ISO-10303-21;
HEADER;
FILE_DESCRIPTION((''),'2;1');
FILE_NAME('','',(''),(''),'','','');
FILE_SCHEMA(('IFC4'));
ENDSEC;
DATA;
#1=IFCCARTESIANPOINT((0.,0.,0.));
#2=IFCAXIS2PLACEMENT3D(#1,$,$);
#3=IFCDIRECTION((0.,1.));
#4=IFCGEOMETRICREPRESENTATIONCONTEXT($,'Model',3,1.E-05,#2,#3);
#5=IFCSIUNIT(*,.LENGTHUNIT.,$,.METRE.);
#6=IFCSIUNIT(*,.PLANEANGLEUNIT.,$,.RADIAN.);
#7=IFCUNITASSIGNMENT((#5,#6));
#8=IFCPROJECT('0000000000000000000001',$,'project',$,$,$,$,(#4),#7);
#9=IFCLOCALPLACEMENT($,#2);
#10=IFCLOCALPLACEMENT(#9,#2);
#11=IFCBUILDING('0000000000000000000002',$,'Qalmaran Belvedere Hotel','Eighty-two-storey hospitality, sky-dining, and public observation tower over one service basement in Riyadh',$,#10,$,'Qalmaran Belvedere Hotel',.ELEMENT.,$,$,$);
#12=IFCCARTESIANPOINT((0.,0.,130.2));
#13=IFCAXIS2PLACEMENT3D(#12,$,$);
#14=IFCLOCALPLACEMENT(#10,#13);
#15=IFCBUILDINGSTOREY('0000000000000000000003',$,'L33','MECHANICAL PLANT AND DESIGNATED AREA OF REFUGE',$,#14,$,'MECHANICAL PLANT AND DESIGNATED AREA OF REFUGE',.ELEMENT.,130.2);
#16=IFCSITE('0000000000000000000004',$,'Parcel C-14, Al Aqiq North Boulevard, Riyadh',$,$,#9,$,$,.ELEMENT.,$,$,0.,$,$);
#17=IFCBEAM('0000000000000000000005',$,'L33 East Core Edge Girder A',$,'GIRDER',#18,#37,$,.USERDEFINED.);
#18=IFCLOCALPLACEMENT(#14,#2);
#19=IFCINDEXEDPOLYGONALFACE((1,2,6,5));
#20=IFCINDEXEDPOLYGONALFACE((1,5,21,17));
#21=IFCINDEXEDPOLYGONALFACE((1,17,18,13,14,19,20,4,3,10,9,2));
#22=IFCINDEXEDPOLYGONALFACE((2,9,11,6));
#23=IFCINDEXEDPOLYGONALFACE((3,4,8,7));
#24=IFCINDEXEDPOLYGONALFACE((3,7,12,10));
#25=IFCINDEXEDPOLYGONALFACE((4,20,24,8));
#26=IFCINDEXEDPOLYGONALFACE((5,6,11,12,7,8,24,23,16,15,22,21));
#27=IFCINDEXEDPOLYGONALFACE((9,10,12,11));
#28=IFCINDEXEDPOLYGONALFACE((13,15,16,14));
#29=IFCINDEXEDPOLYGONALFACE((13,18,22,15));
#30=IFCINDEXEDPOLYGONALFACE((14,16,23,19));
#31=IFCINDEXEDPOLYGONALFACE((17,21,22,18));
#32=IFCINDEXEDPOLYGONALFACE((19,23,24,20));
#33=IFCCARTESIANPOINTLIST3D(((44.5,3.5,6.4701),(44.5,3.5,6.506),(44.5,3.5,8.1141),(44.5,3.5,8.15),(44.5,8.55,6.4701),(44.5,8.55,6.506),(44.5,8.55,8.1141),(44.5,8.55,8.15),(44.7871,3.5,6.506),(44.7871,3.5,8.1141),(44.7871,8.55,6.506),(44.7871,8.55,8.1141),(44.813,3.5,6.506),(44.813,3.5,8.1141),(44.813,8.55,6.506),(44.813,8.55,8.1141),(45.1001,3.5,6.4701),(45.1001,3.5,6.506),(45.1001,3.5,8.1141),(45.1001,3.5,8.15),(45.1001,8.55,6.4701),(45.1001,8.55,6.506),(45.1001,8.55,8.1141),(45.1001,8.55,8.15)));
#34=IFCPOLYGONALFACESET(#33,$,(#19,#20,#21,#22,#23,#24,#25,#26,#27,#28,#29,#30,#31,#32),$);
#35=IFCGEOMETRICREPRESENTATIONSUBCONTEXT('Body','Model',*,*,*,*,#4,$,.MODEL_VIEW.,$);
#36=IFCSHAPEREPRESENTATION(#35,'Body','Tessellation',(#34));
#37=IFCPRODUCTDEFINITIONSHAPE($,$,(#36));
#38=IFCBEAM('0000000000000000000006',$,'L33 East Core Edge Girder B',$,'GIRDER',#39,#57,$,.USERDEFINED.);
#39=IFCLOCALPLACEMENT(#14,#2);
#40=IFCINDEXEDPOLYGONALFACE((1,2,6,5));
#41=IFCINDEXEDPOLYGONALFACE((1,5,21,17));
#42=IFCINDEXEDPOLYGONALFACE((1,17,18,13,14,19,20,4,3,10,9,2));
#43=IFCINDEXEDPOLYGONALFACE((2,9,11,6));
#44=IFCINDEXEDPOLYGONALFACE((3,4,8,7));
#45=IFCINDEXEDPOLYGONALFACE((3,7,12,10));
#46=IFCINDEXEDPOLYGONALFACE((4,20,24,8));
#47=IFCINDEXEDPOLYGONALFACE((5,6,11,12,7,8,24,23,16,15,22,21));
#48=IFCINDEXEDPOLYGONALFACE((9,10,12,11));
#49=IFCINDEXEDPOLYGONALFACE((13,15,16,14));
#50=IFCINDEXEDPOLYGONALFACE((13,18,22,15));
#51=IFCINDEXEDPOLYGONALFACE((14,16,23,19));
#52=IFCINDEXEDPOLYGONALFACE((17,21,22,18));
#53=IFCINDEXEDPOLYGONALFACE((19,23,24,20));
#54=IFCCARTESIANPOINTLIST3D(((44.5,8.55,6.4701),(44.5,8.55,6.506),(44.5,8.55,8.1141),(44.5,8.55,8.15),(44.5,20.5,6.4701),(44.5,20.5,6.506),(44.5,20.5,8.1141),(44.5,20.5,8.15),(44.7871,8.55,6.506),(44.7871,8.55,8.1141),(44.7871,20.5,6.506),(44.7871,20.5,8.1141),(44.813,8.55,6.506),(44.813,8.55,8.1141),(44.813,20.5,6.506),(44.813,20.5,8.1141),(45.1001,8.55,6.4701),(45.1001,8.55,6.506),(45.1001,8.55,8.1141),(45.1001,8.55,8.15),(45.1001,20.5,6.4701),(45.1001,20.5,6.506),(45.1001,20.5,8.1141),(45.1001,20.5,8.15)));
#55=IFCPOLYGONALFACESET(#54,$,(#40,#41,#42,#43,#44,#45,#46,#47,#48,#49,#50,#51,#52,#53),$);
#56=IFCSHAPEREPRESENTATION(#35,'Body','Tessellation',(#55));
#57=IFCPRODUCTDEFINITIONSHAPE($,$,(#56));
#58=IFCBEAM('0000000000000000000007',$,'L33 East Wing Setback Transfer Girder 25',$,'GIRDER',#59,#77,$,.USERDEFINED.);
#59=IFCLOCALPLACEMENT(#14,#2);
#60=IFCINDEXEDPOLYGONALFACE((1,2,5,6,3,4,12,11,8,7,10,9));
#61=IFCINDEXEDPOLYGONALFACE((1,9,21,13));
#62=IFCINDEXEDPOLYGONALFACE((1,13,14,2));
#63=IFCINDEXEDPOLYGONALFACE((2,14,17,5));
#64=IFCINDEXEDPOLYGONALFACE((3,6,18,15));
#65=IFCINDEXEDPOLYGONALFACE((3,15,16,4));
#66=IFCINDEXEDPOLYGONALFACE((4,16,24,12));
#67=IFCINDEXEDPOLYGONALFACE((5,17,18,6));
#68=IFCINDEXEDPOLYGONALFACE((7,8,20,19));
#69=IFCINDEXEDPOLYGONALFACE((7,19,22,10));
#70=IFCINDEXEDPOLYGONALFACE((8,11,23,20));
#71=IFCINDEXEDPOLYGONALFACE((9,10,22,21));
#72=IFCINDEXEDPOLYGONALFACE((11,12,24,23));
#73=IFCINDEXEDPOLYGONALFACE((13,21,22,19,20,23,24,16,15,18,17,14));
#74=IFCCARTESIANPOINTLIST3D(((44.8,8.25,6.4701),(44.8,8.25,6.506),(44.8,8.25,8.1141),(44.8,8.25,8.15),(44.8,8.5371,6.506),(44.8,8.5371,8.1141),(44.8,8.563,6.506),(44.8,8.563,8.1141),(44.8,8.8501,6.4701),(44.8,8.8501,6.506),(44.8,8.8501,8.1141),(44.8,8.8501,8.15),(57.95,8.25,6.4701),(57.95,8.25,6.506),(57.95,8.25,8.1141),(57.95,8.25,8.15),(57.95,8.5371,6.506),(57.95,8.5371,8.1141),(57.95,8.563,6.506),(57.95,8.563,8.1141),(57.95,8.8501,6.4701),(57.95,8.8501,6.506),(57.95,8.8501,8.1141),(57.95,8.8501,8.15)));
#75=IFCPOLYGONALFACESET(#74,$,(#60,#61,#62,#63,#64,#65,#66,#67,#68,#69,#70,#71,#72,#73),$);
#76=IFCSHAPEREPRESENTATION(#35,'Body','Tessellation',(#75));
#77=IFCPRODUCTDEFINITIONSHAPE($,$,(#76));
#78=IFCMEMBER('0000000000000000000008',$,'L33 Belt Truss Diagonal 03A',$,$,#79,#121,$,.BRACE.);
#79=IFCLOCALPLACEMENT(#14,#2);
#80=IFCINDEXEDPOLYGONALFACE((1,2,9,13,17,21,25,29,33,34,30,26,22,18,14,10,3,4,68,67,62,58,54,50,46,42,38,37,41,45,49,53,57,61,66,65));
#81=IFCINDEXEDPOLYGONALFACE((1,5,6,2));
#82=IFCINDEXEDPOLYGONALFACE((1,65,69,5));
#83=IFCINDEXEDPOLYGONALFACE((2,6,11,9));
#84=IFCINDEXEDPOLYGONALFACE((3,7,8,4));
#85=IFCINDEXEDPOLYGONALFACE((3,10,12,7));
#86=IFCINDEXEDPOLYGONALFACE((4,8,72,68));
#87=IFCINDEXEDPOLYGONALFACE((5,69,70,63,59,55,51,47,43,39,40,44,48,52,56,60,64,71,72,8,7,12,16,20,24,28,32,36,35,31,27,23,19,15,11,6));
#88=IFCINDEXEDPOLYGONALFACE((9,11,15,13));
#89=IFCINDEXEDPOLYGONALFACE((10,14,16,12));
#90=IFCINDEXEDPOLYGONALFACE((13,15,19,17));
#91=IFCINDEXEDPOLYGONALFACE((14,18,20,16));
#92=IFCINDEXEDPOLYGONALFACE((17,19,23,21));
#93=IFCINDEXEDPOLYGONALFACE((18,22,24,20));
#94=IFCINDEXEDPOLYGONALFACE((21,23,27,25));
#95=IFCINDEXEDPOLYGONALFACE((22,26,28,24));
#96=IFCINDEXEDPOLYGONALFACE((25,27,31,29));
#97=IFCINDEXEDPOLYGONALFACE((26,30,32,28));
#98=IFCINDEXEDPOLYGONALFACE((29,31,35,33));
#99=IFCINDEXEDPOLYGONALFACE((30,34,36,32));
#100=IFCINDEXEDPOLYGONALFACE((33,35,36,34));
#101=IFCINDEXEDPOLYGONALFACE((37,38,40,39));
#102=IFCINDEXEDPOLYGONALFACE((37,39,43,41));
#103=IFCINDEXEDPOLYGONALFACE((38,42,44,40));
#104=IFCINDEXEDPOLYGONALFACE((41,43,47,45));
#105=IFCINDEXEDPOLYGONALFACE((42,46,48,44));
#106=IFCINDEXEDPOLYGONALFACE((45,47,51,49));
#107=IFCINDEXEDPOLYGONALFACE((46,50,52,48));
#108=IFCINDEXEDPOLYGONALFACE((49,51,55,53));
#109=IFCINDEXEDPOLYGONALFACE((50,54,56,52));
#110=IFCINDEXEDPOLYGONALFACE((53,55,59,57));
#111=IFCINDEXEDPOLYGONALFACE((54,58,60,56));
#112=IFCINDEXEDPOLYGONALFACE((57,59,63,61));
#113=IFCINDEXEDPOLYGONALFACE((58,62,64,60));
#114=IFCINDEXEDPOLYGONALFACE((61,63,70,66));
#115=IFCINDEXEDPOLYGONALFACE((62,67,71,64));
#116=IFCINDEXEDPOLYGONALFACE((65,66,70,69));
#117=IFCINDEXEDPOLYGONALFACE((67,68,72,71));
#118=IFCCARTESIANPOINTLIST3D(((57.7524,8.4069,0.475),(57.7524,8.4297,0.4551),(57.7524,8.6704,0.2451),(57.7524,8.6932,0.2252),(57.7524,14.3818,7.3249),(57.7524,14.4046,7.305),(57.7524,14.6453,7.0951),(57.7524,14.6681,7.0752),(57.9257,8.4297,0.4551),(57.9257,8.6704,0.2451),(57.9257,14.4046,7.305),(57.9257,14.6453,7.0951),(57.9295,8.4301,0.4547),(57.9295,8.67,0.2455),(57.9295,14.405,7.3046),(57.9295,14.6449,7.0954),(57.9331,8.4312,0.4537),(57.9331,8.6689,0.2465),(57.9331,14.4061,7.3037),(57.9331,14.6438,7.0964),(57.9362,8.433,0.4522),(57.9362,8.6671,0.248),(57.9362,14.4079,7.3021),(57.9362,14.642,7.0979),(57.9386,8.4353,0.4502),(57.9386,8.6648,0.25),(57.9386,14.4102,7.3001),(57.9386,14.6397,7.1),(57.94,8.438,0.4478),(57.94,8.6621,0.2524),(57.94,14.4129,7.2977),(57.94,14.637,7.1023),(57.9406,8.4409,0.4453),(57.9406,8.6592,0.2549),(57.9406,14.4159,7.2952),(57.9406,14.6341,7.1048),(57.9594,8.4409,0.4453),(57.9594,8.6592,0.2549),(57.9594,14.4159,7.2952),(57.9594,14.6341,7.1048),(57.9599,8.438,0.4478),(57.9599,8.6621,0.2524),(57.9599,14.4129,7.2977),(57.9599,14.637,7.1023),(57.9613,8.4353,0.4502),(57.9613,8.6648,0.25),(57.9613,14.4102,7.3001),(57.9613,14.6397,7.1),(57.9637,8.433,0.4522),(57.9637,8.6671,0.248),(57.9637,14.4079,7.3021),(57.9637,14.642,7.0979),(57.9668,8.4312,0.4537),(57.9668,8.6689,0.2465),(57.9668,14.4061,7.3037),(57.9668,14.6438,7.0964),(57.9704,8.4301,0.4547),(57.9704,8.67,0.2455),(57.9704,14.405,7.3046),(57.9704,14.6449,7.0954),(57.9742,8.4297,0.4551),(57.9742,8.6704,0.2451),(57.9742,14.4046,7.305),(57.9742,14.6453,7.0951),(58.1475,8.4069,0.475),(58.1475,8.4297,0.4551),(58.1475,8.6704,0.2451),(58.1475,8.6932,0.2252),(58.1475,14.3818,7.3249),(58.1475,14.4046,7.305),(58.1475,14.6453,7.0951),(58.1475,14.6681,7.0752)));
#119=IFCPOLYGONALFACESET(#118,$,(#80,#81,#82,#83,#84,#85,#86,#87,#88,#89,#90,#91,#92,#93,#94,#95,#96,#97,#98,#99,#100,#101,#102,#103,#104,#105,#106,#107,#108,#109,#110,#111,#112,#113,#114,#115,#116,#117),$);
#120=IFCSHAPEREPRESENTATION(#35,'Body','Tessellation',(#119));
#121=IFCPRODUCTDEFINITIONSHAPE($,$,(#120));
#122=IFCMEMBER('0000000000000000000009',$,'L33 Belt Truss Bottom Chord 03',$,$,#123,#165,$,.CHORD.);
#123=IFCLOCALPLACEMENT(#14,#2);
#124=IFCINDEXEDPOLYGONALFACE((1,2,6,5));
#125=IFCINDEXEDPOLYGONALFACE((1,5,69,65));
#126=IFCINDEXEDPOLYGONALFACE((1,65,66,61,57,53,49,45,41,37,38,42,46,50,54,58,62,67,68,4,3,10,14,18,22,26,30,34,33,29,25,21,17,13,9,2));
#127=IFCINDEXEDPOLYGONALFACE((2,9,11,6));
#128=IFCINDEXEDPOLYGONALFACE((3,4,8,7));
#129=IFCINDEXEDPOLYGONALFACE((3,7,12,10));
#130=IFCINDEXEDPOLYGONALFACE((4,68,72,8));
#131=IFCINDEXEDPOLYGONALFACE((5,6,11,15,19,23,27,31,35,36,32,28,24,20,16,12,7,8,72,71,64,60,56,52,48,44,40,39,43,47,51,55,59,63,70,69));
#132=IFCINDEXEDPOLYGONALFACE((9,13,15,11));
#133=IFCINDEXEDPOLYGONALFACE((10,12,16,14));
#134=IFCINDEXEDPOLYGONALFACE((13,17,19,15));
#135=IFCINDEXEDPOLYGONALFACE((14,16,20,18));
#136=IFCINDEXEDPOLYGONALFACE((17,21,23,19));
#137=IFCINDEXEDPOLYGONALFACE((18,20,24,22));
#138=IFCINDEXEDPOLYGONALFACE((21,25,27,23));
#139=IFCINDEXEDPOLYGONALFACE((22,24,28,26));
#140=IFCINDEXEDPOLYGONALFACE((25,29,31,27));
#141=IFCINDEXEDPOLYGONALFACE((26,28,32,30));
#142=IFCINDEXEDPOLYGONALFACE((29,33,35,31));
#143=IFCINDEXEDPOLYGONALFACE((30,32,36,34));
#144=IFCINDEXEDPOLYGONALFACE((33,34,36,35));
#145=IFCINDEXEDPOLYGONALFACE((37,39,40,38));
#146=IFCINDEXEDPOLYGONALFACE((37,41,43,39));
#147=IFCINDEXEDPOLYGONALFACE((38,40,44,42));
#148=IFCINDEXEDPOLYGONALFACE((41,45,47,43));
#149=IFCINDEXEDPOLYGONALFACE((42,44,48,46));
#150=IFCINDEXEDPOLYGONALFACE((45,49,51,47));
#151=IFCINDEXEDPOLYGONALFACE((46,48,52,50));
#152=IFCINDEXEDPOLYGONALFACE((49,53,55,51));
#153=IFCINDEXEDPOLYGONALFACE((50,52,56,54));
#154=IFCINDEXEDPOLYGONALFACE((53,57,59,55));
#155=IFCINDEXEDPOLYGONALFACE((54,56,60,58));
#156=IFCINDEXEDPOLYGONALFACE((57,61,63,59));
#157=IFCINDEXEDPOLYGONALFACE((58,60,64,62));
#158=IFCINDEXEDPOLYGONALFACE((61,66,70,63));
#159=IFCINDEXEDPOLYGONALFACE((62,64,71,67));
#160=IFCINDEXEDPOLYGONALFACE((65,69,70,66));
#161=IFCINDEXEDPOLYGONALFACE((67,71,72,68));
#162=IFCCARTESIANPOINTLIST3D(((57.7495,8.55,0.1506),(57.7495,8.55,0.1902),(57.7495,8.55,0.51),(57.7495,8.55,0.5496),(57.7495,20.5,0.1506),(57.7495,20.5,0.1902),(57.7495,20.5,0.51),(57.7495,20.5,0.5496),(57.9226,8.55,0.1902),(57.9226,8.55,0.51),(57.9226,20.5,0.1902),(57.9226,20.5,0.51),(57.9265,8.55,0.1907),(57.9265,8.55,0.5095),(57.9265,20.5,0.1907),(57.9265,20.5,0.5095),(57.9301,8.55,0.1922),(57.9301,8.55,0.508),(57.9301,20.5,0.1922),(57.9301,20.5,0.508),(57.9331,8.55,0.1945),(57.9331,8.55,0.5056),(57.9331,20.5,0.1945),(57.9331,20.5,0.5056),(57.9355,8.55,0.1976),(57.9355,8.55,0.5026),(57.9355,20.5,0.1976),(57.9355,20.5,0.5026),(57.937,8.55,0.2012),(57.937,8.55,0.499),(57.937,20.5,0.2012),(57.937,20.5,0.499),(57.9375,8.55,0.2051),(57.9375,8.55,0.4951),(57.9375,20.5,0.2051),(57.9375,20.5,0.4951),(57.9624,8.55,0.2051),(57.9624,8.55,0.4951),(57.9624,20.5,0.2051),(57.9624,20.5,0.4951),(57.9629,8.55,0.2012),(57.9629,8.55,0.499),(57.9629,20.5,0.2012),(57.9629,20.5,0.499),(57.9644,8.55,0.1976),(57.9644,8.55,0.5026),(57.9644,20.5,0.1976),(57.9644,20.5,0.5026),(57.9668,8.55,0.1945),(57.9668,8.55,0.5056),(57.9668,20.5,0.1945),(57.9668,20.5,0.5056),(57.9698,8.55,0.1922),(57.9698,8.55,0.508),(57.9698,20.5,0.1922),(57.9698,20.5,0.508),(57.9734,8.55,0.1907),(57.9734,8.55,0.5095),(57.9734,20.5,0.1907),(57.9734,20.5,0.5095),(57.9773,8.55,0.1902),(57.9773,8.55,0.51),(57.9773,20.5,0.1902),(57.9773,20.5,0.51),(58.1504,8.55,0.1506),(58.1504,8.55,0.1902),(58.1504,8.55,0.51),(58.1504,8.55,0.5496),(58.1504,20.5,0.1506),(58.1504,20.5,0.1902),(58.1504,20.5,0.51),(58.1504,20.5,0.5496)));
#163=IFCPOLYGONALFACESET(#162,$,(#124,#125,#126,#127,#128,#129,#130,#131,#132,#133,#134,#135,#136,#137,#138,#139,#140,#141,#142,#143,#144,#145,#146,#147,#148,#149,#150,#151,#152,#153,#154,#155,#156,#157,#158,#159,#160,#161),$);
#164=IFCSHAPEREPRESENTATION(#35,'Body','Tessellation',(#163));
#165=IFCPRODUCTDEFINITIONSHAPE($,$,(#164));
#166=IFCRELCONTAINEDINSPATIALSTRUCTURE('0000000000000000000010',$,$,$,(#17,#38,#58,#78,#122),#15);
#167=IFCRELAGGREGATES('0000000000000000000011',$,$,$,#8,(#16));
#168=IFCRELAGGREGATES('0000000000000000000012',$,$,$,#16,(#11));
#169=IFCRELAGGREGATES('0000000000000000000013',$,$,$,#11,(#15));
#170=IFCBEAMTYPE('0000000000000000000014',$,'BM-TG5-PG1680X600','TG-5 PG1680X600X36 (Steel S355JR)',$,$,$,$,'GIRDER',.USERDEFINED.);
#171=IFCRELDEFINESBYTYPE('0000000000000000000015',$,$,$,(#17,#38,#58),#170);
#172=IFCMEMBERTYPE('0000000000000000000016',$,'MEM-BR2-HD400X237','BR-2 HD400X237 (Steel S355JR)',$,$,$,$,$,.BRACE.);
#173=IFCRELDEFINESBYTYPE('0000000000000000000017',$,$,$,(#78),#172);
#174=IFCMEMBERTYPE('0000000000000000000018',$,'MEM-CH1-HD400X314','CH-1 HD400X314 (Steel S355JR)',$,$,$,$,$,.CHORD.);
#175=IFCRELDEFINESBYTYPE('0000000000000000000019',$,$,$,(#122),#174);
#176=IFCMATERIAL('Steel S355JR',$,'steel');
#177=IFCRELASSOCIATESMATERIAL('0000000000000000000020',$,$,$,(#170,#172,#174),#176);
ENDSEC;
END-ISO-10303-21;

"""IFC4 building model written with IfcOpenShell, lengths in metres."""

from ifc_helpers import new_model, si_unit, direction, frame, origin, origin_2d, place, context, subcontext, project, spatial, i_section, extrude, material, material_profile, profile_set, type_object, element, save


model = new_model("IFC4")

# Units and contexts
model_context = context("Model", 3, precision=1e-05, world=origin(), true_north=direction((0.0, 1.0)))
body_context = subcontext(model_context, "Body", "Model", "MODEL_VIEW")
ifc_project = project(units=[si_unit("LENGTHUNIT", "METRE"), si_unit("PLANEANGLEUNIT", "RADIAN")], contexts=[model_context])

# Site, building, storey
site_placement = place(None, origin())
site = spatial("IfcSite", under=ifc_project, at=site_placement, Name="Parcel C-14, Al Aqiq North Boulevard, Riyadh", CompositionType="ELEMENT", RefElevation=0.0)
building_placement = place(site_placement, origin())
building = spatial("IfcBuilding", under=site, at=building_placement, Name="Qalmaran Belvedere Hotel", Description="Eighty-two-storey hospitality, sky-dining, and public observation tower over one service basement in Riyadh", LongName="Qalmaran Belvedere Hotel", CompositionType="ELEMENT")
storey_placement = place(building_placement, frame((0.0, 0.0, 130.2)))
storey = spatial("IfcBuildingStorey", under=building, at=storey_placement, Name="L33", Description="MECHANICAL PLANT AND DESIGNATED AREA OF REFUGE", LongName="MECHANICAL PLANT AND DESIGNATED AREA OF REFUGE", CompositionType="ELEMENT", Elevation=130.2)

# Beams
ifc_material_1 = material(Name="Steel S355JR", Category="steel")
ifc_material_profile_1 = material_profile(ifc_material_1, i_section(OverallWidth=0.6001, OverallDepth=1.6799, WebThickness=0.0259, FlangeThickness=0.0359, at=origin_2d()), Name="PG1680X600X36")
ifc_profile_set_1 = profile_set([ifc_material_profile_1], Name="Steel S355JR")
beam_type_1 = type_object("IfcBeamType", Name="BM-TG5-PG1680X600", Description="TG-5 PG1680X600X36 (Steel S355JR)", ElementType="GIRDER", PredefinedType="USERDEFINED", material=ifc_profile_set_1)
beam_1_placement = place(storey_placement, frame((44.8, 3.5, 7.3101), z_axis=(0.0, 1.0, 0.0), x_axis=(-1.0, 0.0, 0.0)))
element("IfcBeam", 1, at=beam_1_placement, inside=storey, type_object=beam_type_1, Name="L33 East Core Edge Girder A", ObjectType="GIRDER", PredefinedType="USERDEFINED", context=body_context, shape_type="SweptSolid", body=[
    extrude(i_section(OverallWidth=0.6001, OverallDepth=1.6799, WebThickness=0.0259, FlangeThickness=0.0359, at=origin_2d()), origin(), (0.0, 0.0, 1.0), 5.05),
])
beam_2_placement = place(storey_placement, frame((44.8, 8.55, 7.3101), z_axis=(0.0, 1.0, 0.0), x_axis=(-1.0, 0.0, 0.0)))
element("IfcBeam", 2, at=beam_2_placement, inside=storey, type_object=beam_type_1, Name="L33 East Core Edge Girder B", ObjectType="GIRDER", PredefinedType="USERDEFINED", context=body_context, shape_type="SweptSolid", body=[
    extrude(i_section(OverallWidth=0.6001, OverallDepth=1.6799, WebThickness=0.0259, FlangeThickness=0.0359, at=origin_2d()), origin(), (0.0, 0.0, 1.0), 11.95),
])
beam_3_placement = place(storey_placement, frame((44.8, 8.55, 7.3101), z_axis=(1.0, 0.0, 0.0), x_axis=(0.0, 1.0, 0.0)))
element("IfcBeam", 3, at=beam_3_placement, inside=storey, type_object=beam_type_1, Name="L33 East Wing Setback Transfer Girder 25", ObjectType="GIRDER", PredefinedType="USERDEFINED", context=body_context, shape_type="SweptSolid", body=[
    extrude(i_section(OverallWidth=0.6001, OverallDepth=1.6799, WebThickness=0.0259, FlangeThickness=0.0359, at=origin_2d()), origin(), (0.0, 0.0, 1.0), 13.1499),
])

# Members
ifc_material_profile_2 = material_profile(ifc_material_1, i_section(OverallWidth=0.395, OverallDepth=0.3799, WebThickness=0.0188, FlangeThickness=0.0303, FilletRadius=0.0149, at=origin_2d()), Name="HD400X237")
ifc_profile_set_2 = profile_set([ifc_material_profile_2], Name="Steel S355JR")
member_type_1 = type_object("IfcMemberType", Name="MEM-BR2-HD400X237", Description="BR-2 HD400X237 (Steel S355JR)", PredefinedType="BRACE", material=ifc_profile_set_2)
member_1_placement = place(storey_placement, frame((57.95, 8.55, 0.3501), z_axis=(0.0, 0.657334, 0.753599), x_axis=(-1.0, 0.0, 0.0)))
element("IfcMember", 4, at=member_1_placement, inside=storey, type_object=member_type_1, Name="L33 Belt Truss Diagonal 03A", PredefinedType="BRACE", context=body_context, shape_type="SweptSolid", body=[
    extrude(i_section(OverallWidth=0.395, OverallDepth=0.3799, WebThickness=0.0188, FlangeThickness=0.0303, FilletRadius=0.0149, at=origin_2d()), origin(), (0.0, 0.0, 1.0), 9.0896),
])
ifc_material_profile_3 = material_profile(ifc_material_1, i_section(OverallWidth=0.4009, OverallDepth=0.3989, WebThickness=0.0249, FlangeThickness=0.0396, FilletRadius=0.0149, at=origin_2d()), Name="HD400X314")
ifc_profile_set_3 = profile_set([ifc_material_profile_3], Name="Steel S355JR")
member_type_2 = type_object("IfcMemberType", Name="MEM-CH1-HD400X314", Description="CH-1 HD400X314 (Steel S355JR)", PredefinedType="CHORD", material=ifc_profile_set_3)
member_2_placement = place(storey_placement, frame((57.95, 8.55, 0.3501), z_axis=(0.0, 1.0, 0.0), x_axis=(-1.0, 0.0, 0.0)))
element("IfcMember", 5, at=member_2_placement, inside=storey, type_object=member_type_2, Name="L33 Belt Truss Bottom Chord 03", PredefinedType="CHORD", context=body_context, shape_type="SweptSolid", body=[
    extrude(i_section(OverallWidth=0.4009, OverallDepth=0.3989, WebThickness=0.0249, FlangeThickness=0.0396, FilletRadius=0.0149, at=origin_2d()), origin(), (0.0, 0.0, 1.0), 11.95),
])

save(model, "model.ifc")
